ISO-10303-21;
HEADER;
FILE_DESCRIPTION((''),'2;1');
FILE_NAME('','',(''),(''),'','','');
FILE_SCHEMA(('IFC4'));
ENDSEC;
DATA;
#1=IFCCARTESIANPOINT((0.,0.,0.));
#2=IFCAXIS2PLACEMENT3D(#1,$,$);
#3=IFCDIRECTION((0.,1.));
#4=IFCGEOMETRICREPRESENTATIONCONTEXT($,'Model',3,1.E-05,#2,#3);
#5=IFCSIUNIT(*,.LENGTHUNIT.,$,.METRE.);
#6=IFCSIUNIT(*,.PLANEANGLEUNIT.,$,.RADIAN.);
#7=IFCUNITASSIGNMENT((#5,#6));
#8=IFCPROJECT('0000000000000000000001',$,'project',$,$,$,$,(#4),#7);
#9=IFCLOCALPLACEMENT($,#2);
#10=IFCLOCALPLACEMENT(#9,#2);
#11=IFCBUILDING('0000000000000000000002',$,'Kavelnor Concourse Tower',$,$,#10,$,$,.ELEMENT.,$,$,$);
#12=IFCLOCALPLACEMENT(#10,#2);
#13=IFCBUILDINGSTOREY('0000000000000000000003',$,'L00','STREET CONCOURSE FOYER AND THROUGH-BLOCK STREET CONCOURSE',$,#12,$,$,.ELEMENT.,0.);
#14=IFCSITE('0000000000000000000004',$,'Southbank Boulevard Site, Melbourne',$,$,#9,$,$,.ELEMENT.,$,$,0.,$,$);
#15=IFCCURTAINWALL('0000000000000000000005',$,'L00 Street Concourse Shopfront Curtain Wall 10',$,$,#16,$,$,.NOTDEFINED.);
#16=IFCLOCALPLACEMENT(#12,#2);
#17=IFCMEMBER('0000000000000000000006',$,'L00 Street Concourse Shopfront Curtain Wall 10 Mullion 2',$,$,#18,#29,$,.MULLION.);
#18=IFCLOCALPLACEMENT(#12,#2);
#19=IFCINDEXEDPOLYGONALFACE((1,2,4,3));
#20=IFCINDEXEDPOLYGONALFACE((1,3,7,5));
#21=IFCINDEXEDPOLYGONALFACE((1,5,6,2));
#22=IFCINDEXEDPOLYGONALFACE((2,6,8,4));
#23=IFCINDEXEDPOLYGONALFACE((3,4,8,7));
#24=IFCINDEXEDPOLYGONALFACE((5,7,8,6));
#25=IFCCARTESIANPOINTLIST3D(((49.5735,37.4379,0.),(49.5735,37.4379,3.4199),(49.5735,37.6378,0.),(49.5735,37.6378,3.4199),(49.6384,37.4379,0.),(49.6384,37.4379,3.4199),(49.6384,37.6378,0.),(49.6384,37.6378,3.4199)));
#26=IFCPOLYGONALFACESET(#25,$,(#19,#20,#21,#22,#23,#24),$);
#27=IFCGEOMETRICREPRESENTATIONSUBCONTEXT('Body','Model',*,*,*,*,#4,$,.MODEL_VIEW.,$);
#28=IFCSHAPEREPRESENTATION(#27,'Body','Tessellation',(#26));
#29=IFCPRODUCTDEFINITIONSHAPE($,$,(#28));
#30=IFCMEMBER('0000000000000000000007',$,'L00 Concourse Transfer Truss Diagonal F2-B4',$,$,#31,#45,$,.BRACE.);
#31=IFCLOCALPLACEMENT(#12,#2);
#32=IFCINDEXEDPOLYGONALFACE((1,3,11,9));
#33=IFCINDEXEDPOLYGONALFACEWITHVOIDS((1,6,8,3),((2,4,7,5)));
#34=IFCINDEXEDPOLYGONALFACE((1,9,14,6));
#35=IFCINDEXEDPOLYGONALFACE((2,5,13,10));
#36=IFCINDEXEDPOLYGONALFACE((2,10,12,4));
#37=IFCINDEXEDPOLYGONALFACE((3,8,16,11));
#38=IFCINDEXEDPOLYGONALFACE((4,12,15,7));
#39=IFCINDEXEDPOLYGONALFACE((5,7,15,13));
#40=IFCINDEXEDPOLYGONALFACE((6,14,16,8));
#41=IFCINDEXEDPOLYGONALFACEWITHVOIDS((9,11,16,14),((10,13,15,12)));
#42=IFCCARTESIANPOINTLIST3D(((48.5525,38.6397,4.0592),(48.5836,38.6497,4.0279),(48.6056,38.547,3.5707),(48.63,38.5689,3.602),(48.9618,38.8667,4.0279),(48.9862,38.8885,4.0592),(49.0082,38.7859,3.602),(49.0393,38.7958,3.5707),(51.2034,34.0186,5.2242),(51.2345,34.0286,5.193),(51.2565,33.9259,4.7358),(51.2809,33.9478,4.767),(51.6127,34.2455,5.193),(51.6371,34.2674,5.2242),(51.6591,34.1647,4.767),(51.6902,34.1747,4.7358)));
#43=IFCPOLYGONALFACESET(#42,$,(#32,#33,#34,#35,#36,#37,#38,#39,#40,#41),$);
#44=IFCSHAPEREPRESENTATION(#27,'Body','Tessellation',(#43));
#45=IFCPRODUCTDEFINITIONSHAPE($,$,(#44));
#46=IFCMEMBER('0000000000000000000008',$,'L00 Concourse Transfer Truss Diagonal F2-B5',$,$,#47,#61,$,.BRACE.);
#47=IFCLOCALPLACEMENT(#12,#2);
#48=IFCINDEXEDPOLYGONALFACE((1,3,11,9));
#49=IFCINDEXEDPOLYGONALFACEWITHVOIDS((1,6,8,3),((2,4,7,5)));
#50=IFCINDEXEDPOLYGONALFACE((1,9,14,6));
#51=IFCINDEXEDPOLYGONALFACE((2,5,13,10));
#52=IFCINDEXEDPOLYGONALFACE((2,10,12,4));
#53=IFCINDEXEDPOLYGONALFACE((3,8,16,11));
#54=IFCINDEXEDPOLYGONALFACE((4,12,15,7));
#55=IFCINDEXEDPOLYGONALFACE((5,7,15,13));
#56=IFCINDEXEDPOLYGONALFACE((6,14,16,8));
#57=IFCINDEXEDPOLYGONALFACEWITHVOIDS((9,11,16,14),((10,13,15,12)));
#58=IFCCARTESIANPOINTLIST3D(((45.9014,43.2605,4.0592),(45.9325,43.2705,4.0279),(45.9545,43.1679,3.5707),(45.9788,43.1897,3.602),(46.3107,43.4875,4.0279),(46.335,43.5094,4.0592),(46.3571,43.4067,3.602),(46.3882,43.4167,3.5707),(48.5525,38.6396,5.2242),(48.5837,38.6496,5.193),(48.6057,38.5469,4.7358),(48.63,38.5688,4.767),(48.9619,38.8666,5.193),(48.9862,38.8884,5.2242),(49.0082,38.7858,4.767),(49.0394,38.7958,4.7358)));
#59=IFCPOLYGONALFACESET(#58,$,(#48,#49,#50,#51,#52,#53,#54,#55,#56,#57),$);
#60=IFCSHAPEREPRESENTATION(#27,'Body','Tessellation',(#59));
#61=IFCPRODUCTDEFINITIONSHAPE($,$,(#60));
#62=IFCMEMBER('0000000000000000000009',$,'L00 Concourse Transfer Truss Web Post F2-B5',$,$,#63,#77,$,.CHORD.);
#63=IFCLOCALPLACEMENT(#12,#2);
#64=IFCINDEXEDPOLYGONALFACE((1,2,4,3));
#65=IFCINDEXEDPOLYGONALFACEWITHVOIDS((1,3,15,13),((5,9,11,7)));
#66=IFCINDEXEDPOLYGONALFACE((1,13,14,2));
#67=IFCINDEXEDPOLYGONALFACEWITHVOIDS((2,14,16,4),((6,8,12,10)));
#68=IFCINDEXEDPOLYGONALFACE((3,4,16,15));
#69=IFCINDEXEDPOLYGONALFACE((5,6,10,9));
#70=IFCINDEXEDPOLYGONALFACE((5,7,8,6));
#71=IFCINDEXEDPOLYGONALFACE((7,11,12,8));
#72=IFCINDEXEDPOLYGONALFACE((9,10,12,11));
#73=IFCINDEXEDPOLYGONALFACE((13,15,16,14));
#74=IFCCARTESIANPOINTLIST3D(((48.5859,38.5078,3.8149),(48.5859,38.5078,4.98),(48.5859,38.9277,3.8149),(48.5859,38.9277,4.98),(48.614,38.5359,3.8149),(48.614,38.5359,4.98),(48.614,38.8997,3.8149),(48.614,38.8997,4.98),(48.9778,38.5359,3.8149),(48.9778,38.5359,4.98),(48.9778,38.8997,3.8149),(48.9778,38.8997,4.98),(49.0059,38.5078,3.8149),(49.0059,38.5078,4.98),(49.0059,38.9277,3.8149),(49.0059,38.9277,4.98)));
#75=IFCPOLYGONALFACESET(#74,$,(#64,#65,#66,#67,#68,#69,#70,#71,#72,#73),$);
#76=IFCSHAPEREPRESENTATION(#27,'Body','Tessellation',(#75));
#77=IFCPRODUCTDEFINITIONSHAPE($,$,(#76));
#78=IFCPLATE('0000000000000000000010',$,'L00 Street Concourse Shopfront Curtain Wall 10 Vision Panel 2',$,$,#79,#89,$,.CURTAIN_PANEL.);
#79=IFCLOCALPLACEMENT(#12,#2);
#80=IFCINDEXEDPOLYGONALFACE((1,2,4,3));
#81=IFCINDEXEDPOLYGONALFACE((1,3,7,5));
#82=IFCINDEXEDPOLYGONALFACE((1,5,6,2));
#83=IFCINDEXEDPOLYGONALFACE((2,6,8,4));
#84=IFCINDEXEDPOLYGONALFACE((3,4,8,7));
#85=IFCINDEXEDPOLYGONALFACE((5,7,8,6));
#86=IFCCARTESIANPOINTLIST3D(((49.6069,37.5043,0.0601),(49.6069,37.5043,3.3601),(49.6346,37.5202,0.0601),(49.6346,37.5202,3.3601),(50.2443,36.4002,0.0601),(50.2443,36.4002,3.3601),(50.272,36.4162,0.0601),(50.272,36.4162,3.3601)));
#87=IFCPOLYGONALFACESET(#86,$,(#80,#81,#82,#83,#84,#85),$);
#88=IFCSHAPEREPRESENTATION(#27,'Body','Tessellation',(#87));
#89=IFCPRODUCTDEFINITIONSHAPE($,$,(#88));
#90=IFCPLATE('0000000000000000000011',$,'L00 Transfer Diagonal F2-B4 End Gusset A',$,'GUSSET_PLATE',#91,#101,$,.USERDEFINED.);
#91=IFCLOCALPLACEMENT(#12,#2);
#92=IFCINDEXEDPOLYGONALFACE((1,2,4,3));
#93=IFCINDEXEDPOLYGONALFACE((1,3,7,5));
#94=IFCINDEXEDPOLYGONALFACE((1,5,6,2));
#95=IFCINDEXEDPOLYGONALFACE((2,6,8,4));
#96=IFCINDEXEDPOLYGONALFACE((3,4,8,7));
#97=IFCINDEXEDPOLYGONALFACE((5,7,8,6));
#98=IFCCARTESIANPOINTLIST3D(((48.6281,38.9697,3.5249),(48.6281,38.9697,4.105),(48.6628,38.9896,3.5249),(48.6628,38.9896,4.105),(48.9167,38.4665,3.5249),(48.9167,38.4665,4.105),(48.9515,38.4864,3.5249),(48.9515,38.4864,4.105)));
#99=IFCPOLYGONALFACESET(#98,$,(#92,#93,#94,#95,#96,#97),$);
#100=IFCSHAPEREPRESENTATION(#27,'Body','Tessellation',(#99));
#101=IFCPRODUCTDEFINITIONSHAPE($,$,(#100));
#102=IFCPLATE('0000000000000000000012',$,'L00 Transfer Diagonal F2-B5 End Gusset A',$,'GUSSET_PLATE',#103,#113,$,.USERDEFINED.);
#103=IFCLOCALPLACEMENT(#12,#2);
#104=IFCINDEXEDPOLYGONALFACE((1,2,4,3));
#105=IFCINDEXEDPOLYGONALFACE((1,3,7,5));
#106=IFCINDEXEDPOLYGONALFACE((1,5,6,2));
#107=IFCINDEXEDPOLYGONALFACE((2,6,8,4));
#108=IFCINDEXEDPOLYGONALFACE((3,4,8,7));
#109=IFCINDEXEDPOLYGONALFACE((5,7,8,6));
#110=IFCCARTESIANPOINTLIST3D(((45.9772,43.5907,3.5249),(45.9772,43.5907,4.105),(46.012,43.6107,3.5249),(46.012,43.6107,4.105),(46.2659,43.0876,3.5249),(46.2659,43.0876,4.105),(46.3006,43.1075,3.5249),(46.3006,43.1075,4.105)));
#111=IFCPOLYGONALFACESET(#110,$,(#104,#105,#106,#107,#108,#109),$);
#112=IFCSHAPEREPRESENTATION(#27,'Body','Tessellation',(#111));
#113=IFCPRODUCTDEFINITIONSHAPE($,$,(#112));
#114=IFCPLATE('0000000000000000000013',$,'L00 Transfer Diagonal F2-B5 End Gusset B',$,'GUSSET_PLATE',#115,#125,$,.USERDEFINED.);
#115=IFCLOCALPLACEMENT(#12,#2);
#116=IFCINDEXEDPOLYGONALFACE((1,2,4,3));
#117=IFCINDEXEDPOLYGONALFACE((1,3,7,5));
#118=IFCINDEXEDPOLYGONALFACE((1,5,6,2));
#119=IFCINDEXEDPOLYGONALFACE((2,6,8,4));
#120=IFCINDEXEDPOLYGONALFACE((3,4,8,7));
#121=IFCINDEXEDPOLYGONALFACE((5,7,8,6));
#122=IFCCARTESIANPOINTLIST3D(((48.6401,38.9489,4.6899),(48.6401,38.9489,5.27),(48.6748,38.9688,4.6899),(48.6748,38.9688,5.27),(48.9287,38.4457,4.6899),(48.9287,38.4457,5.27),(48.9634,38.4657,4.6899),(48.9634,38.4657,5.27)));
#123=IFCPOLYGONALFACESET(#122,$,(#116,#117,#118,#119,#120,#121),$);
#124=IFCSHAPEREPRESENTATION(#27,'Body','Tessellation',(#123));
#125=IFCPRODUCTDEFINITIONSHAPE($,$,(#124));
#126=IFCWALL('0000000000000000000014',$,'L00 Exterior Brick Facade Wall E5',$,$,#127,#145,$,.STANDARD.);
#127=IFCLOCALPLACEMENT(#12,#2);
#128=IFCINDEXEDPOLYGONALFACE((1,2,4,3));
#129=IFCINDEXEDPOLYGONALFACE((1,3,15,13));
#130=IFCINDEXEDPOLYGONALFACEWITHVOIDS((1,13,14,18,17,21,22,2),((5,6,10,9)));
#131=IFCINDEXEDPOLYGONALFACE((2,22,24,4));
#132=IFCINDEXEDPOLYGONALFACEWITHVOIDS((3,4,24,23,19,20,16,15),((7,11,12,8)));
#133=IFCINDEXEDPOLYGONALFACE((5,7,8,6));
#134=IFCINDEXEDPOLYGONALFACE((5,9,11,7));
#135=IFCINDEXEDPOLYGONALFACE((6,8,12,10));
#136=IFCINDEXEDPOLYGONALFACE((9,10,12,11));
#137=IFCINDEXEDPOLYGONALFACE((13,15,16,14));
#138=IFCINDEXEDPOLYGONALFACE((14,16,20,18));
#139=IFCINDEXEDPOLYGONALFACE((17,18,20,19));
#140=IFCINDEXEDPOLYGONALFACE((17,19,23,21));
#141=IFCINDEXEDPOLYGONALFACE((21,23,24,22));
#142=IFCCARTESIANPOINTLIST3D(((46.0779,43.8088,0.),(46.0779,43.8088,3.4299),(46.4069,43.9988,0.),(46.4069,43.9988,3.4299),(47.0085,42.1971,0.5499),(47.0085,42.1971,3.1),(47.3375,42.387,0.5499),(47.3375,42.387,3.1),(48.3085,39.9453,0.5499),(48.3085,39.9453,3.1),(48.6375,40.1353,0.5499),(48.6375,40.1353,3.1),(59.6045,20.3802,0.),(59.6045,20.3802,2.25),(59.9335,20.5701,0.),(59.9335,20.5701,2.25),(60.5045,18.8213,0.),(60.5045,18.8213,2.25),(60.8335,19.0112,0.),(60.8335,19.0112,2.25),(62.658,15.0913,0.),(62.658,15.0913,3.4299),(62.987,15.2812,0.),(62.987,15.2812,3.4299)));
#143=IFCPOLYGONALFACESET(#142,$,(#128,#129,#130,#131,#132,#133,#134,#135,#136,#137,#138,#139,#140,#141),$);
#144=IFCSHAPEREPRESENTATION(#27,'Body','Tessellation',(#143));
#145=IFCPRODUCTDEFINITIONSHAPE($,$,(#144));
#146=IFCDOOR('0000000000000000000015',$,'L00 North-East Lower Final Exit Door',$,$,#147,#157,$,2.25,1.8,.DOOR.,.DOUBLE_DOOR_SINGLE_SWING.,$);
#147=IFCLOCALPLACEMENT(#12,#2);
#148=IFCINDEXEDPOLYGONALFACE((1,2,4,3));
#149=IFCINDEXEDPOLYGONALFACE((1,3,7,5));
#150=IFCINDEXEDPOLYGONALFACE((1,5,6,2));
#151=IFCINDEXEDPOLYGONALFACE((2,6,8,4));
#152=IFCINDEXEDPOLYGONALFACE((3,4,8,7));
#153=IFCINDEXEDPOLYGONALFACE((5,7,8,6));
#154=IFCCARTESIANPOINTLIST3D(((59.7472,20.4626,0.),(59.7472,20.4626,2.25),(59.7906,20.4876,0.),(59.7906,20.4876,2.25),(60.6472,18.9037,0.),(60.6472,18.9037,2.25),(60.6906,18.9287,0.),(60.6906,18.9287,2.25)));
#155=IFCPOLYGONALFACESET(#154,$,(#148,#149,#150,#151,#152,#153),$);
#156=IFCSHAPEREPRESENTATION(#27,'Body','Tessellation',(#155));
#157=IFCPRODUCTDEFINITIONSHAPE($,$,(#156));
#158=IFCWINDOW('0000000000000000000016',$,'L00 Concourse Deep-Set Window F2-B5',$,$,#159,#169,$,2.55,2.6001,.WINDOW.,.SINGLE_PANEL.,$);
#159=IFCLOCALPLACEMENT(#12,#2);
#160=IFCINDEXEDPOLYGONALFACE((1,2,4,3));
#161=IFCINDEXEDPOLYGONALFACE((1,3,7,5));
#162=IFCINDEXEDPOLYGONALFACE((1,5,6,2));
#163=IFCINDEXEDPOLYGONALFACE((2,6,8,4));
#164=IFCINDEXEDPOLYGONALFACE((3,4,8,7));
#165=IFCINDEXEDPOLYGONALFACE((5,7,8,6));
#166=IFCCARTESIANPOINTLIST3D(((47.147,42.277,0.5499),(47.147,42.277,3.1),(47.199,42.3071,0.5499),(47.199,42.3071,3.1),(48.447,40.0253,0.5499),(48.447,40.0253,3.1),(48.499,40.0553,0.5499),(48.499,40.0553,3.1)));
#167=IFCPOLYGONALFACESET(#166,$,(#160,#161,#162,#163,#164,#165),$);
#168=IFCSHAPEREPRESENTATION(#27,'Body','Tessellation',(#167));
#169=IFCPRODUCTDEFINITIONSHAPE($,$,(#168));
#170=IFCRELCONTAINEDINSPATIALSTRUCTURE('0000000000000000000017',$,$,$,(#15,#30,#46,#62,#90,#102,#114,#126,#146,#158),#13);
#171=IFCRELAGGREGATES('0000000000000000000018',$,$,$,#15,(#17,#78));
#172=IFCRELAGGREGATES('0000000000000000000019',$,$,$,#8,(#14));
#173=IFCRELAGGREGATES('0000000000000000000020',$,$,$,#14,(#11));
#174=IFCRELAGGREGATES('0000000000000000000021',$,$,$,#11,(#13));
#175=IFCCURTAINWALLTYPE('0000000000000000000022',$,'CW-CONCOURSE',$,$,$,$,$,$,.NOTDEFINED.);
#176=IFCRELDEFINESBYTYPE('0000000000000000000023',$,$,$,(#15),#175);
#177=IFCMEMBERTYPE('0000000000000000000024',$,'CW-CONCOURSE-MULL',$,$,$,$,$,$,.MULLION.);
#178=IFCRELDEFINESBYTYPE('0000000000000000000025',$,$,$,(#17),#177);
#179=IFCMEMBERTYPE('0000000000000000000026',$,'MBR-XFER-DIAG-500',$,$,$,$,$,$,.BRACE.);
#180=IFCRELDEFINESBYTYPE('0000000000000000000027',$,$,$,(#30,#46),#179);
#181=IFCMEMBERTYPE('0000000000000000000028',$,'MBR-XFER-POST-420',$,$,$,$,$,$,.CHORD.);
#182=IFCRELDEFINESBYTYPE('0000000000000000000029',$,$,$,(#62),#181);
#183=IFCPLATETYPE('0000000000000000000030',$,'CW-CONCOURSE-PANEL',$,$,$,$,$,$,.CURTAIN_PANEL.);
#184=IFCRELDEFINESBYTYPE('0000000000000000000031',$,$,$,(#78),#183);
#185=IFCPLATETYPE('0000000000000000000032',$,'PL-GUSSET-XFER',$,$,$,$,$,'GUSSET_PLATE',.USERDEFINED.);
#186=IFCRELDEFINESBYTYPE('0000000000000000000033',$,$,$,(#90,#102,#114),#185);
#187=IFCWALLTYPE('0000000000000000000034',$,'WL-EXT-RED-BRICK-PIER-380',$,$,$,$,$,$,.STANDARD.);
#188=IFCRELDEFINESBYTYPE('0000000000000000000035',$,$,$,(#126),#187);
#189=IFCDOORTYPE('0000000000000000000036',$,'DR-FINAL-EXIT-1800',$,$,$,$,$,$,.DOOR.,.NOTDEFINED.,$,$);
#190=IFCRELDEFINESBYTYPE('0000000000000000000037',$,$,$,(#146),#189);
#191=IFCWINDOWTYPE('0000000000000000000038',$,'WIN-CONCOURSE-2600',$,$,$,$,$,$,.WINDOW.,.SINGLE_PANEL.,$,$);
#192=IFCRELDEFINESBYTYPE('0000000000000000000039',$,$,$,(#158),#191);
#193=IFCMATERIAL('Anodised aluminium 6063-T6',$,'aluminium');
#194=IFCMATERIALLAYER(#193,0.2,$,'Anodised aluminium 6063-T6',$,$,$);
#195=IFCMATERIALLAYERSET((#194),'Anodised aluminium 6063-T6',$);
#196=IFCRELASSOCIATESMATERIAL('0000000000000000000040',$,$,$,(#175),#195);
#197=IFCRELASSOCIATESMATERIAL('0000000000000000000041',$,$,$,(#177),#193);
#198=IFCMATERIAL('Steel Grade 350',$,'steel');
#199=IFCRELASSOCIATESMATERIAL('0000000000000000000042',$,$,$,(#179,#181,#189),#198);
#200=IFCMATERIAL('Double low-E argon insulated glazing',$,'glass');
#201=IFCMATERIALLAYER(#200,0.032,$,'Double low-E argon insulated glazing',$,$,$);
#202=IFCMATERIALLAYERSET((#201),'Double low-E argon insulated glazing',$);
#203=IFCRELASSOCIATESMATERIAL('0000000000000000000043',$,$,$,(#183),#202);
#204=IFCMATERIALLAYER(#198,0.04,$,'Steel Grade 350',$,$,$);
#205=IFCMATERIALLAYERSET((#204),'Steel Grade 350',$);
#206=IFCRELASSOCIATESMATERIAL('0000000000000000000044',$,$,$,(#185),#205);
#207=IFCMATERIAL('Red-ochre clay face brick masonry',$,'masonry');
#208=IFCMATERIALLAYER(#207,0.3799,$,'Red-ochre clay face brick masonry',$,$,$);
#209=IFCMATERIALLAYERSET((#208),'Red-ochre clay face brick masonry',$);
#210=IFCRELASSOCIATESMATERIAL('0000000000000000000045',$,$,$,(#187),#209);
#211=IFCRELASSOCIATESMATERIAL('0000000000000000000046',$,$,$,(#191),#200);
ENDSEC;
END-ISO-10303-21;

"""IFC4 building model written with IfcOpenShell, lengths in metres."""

from ifc_helpers import new_model, si_unit, direction, frame, frame_2d, origin, origin_2d, place, context, subcontext, project, spatial, rectangle, hollow_rectangle, extrude, material, layer, layer_set, material_profile, profile_set, type_object, element, fill, aggregate, save


model = new_model("IFC4")

# Units and contexts
model_context = context("Model", 3, precision=1e-05, world=origin(), true_north=direction((0.0, 1.0)))
body_context = subcontext(model_context, "Body", "Model", "MODEL_VIEW")
ifc_project = project(units=[si_unit("LENGTHUNIT", "METRE"), si_unit("PLANEANGLEUNIT", "RADIAN")], contexts=[model_context])

# Site, building, storey
site_placement = place(None, origin())
site = spatial("IfcSite", under=ifc_project, at=site_placement, Name="Southbank Boulevard Site, Melbourne", CompositionType="ELEMENT", RefElevation=0.0)
building_placement = place(site_placement, origin())
building = spatial("IfcBuilding", under=site, at=building_placement, Name="Kavelnor Concourse Tower", CompositionType="ELEMENT")
storey_placement = place(building_placement, origin())
storey = spatial("IfcBuildingStorey", under=building, at=storey_placement, Name="L00", Description="STREET CONCOURSE FOYER AND THROUGH-BLOCK STREET CONCOURSE", CompositionType="ELEMENT", Elevation=0.0)

# Shared definitions
ifc_material_1 = material(Name="Steel Grade 350", Category="steel")

# Curtain wall, member
ifc_material_2 = material(Name="Anodised aluminium 6063-T6", Category="aluminium")
ifc_layer_1 = layer(ifc_material_2, 0.2, Name="Anodised aluminium 6063-T6")
ifc_layer_set_1 = layer_set([ifc_layer_1], Name="Anodised aluminium 6063-T6")
curtain_wall_type = type_object("IfcCurtainWallType", Name="CW-CONCOURSE", PredefinedType="NOTDEFINED", material=ifc_layer_set_1)
curtain_wall_placement = place(storey_placement, origin())
curtain_wall = element("IfcCurtainWall", 1, at=curtain_wall_placement, inside=storey, type_object=curtain_wall_type, Name="L00 Street Concourse Shopfront Curtain Wall 10", PredefinedType="NOTDEFINED")
ifc_material_profile_1 = material_profile(ifc_material_2, rectangle(XDim=0.0649, YDim=0.2, at=origin_2d()), Name="AL-MULL 65x200")
ifc_profile_set_1 = profile_set([ifc_material_profile_1], Name="Anodised aluminium 6063-T6")
member_type_1 = type_object("IfcMemberType", Name="CW-CONCOURSE-MULL", PredefinedType="MULLION", material=ifc_profile_set_1)
member_1_placement = place(storey_placement, frame((49.606, 37.5378, 0.0), z_axis=(0.0, 0.0, 1.0), x_axis=(1.0, 0.0, 0.0)))
member_1 = element("IfcMember", 2, at=member_1_placement, type_object=member_type_1, Name="L00 Street Concourse Shopfront Curtain Wall 10 Mullion 2", PredefinedType="MULLION", context=body_context, shape_type="SweptSolid", body=[
    extrude(rectangle(XDim=0.0649, YDim=0.2, at=origin_2d()), origin(), (0.0, 0.0, 1.0), 3.4199),
])

# Members
ifc_material_profile_2 = material_profile(ifc_material_1, hollow_rectangle(XDim=0.5, YDim=0.5, WallThickness=0.032, at=origin_2d()), Name="SHS 500x500x32")
ifc_profile_set_2 = profile_set([ifc_material_profile_2], Name="Steel Grade 350")
member_type_2 = type_object("IfcMemberType", Name="MBR-XFER-DIAG-500", PredefinedType="BRACE", material=ifc_profile_set_2)
for number, where, z_axis, x_axis, name in (
    (3, (48.7959, 38.7178, 3.8149), (0.486101, -0.847387, 0.213637), (0.867413, 0.497589, 0.0), "L00 Concourse Transfer Truss Diagonal F2-B4"),
    (4, (46.1448, 43.3386, 3.8149), (0.486154, -0.847356, 0.213641), (0.867382, 0.497643, 0.0), "L00 Concourse Transfer Truss Diagonal F2-B5"),
):
    element("IfcMember", number, at=place(storey_placement, frame(where, z_axis=z_axis, x_axis=x_axis)), inside=storey, type_object=member_type_2, Name=name, PredefinedType="BRACE", context=body_context, shape_type="SweptSolid", body=[
        extrude(hollow_rectangle(XDim=0.5, YDim=0.5, WallThickness=0.032, at=origin_2d()), origin(), (0.0, 0.0, 1.0), 5.4534),
    ])
ifc_material_profile_3 = material_profile(ifc_material_1, hollow_rectangle(XDim=0.4199, YDim=0.4199, WallThickness=0.0281, at=origin_2d()), Name="SHS 420x420x28")
ifc_profile_set_3 = profile_set([ifc_material_profile_3], Name="Steel Grade 350")
member_type_3 = type_object("IfcMemberType", Name="MBR-XFER-POST-420", PredefinedType="CHORD", material=ifc_profile_set_3)
member_2_placement = place(storey_placement, frame((48.7959, 38.7178, 3.8149), z_axis=(0.0, 0.0, 1.0), x_axis=(1.0, 0.0, 0.0)))
element("IfcMember", 5, at=member_2_placement, inside=storey, type_object=member_type_3, Name="L00 Concourse Transfer Truss Web Post F2-B5", PredefinedType="CHORD", context=body_context, shape_type="SweptSolid", body=[
    extrude(hollow_rectangle(XDim=0.4199, YDim=0.4199, WallThickness=0.0281, at=origin_2d()), origin(), (0.0, 0.0, 1.0), 1.165),
])

# Plate
ifc_material_3 = material(Name="Double low-E argon insulated glazing", Category="glass")
ifc_layer_2 = layer(ifc_material_3, 0.032, Name="Double low-E argon insulated glazing")
ifc_layer_set_2 = layer_set([ifc_layer_2], Name="Double low-E argon insulated glazing")
plate_type_1 = type_object("IfcPlateType", Name="CW-CONCOURSE-PANEL", PredefinedType="CURTAIN_PANEL", material=ifc_layer_set_2)
plate_placement = place(storey_placement, frame((49.9395, 36.9602, 0.0601), z_axis=(0.0, 0.0, 1.0), x_axis=(-0.5, 0.866025, 0.0)))
plate = element("IfcPlate", 6, at=plate_placement, type_object=plate_type_1, Name="L00 Street Concourse Shopfront Curtain Wall 10 Vision Panel 2", PredefinedType="CURTAIN_PANEL", context=body_context, shape_type="SweptSolid", body=[
    extrude(rectangle(XDim=1.2749, YDim=0.032, at=origin_2d()), origin(), (0.0, 0.0, 1.0), 3.3),
])
aggregate(curtain_wall, [member_1, plate])

# Plates
ifc_layer_3 = layer(ifc_material_1, 0.04, Name="Steel Grade 350")
ifc_layer_set_3 = layer_set([ifc_layer_3], Name="Steel Grade 350")
plate_type_2 = type_object("IfcPlateType", Name="PL-GUSSET-XFER", ElementType="GUSSET_PLATE", PredefinedType="USERDEFINED", material=ifc_layer_set_3)
for number, where, z_axis, x_axis, name in (
    (7, (48.7898, 38.728, 3.5249), (0.0, 0.0, 1.0), (0.49758, -0.867418, 0.0), "L00 Transfer Diagonal F2-B4 End Gusset A"),
    (8, (46.1389, 43.3491, 3.5249), (0.0, 0.0, 1.0), (0.49758, -0.867418, 0.0), "L00 Transfer Diagonal F2-B5 End Gusset A"),
    (9, (48.8018, 38.7073, 4.6899), (0.0, 0.0, 1.0), (0.49758, -0.867418, 0.0), "L00 Transfer Diagonal F2-B5 End Gusset B"),
):
    element("IfcPlate", number, at=place(storey_placement, frame(where, z_axis=z_axis, x_axis=x_axis)), inside=storey, type_object=plate_type_2, Name=name, ObjectType="GUSSET_PLATE", PredefinedType="USERDEFINED", context=body_context, shape_type="SweptSolid", body=[
        extrude(rectangle(XDim=0.5801, YDim=0.04, at=origin_2d()), origin(), (0.0, 0.0, 1.0), 0.5801),
    ])

# Wall, openings, door, window
ifc_material_4 = material(Name="Red-ochre clay face brick masonry", Category="masonry")
ifc_layer_4 = layer(ifc_material_4, 0.3799, Name="Red-ochre clay face brick masonry")
ifc_layer_set_4 = layer_set([ifc_layer_4], Name="Red-ochre clay face brick masonry")
wall_type_1 = type_object("IfcWallType", Name="WL-EXT-RED-BRICK-PIER-380", PredefinedType="STANDARD", material=ifc_layer_set_4)
wall_1_placement = place(storey_placement, frame((46.2424, 43.9038, 0.0), z_axis=(0.0, 0.0, 1.0), x_axis=(0.5, -0.866025, 0.0)))
wall_1 = element("IfcWall", 10, at=wall_1_placement, inside=storey, type_object=wall_type_1, Name="L00 Exterior Brick Facade Wall E5", PredefinedType="STANDARD", context=body_context, shape_type="SweptSolid", body=[
    extrude(rectangle(XDim=33.1602, YDim=0.3799, at=frame_2d((16.5801, 0.0))), origin(), (0.0, 0.0, 1.0), 3.4299),
])
opening_1_placement = place(wall_1_placement, frame((27.0532, 0.0, 0.0)))
opening_1 = element("IfcOpeningElement", 11, at=opening_1_placement, cuts=wall_1, PredefinedType="OPENING", context=body_context, shape_type="SweptSolid", body=[
    extrude(rectangle(XDim=1.8, YDim=2.25, at=frame_2d((0.8999, 1.125))), frame((0.0, 0.2, 0.0), z_axis=(0.0, -1.0, 0.0), x_axis=(1.0, 0.0, 0.0)), (0.0, 0.0, 1.0), 0.3999),
])
opening_2_placement = place(wall_1_placement, frame((1.8611, 0.0, 0.55)))
opening_2 = element("IfcOpeningElement", 12, at=opening_2_placement, cuts=wall_1, PredefinedType="OPENING", context=body_context, shape_type="SweptSolid", body=[
    extrude(rectangle(XDim=2.6001, YDim=2.55, at=frame_2d((1.3, 1.2749))), frame((0.0, 0.2, 0.0), z_axis=(0.0, -1.0, 0.0), x_axis=(1.0, 0.0, 0.0)), (0.0, 0.0, 1.0), 0.3999),
])
door_type_1 = type_object("IfcDoorType", Name="DR-FINAL-EXIT-1800", OperationType="NOTDEFINED", PredefinedType="DOOR", material=ifc_material_1)
door_1_placement = place(opening_1_placement, origin())
door_1 = element("IfcDoor", 13, at=door_1_placement, inside=storey, type_object=door_type_1, Name="L00 North-East Lower Final Exit Door", OperationType="DOUBLE_DOOR_SINGLE_SWING", OverallHeight=2.25, OverallWidth=1.8, PredefinedType="DOOR", context=body_context, shape_type="SweptSolid", body=[
    extrude(rectangle(XDim=1.8, YDim=2.25, at=frame_2d((0.8999, 1.125))), frame((0.0, 0.0249, 0.0), z_axis=(0.0, -1.0, 0.0), x_axis=(1.0, 0.0, 0.0)), (0.0, 0.0, 1.0), 0.05),
])
fill(opening_1, door_1)
window_type = type_object("IfcWindowType", Name="WIN-CONCOURSE-2600", PartitioningType="SINGLE_PANEL", PredefinedType="WINDOW", material=ifc_material_3)
window_placement = place(opening_2_placement, origin())
window = element("IfcWindow", 14, at=window_placement, inside=storey, type_object=window_type, Name="L00 Concourse Deep-Set Window F2-B5", OverallHeight=2.55, OverallWidth=2.6001, PartitioningType="SINGLE_PANEL", PredefinedType="WINDOW", context=body_context, shape_type="SweptSolid", body=[
    extrude(rectangle(XDim=2.6001, YDim=2.55, at=frame_2d((1.3, 1.2749))), frame((0.0, 0.03, 0.0), z_axis=(0.0, -1.0, 0.0), x_axis=(1.0, 0.0, 0.0)), (0.0, 0.0, 1.0), 0.0601),
])
fill(opening_2, window)

save(model, "model.ifc")
